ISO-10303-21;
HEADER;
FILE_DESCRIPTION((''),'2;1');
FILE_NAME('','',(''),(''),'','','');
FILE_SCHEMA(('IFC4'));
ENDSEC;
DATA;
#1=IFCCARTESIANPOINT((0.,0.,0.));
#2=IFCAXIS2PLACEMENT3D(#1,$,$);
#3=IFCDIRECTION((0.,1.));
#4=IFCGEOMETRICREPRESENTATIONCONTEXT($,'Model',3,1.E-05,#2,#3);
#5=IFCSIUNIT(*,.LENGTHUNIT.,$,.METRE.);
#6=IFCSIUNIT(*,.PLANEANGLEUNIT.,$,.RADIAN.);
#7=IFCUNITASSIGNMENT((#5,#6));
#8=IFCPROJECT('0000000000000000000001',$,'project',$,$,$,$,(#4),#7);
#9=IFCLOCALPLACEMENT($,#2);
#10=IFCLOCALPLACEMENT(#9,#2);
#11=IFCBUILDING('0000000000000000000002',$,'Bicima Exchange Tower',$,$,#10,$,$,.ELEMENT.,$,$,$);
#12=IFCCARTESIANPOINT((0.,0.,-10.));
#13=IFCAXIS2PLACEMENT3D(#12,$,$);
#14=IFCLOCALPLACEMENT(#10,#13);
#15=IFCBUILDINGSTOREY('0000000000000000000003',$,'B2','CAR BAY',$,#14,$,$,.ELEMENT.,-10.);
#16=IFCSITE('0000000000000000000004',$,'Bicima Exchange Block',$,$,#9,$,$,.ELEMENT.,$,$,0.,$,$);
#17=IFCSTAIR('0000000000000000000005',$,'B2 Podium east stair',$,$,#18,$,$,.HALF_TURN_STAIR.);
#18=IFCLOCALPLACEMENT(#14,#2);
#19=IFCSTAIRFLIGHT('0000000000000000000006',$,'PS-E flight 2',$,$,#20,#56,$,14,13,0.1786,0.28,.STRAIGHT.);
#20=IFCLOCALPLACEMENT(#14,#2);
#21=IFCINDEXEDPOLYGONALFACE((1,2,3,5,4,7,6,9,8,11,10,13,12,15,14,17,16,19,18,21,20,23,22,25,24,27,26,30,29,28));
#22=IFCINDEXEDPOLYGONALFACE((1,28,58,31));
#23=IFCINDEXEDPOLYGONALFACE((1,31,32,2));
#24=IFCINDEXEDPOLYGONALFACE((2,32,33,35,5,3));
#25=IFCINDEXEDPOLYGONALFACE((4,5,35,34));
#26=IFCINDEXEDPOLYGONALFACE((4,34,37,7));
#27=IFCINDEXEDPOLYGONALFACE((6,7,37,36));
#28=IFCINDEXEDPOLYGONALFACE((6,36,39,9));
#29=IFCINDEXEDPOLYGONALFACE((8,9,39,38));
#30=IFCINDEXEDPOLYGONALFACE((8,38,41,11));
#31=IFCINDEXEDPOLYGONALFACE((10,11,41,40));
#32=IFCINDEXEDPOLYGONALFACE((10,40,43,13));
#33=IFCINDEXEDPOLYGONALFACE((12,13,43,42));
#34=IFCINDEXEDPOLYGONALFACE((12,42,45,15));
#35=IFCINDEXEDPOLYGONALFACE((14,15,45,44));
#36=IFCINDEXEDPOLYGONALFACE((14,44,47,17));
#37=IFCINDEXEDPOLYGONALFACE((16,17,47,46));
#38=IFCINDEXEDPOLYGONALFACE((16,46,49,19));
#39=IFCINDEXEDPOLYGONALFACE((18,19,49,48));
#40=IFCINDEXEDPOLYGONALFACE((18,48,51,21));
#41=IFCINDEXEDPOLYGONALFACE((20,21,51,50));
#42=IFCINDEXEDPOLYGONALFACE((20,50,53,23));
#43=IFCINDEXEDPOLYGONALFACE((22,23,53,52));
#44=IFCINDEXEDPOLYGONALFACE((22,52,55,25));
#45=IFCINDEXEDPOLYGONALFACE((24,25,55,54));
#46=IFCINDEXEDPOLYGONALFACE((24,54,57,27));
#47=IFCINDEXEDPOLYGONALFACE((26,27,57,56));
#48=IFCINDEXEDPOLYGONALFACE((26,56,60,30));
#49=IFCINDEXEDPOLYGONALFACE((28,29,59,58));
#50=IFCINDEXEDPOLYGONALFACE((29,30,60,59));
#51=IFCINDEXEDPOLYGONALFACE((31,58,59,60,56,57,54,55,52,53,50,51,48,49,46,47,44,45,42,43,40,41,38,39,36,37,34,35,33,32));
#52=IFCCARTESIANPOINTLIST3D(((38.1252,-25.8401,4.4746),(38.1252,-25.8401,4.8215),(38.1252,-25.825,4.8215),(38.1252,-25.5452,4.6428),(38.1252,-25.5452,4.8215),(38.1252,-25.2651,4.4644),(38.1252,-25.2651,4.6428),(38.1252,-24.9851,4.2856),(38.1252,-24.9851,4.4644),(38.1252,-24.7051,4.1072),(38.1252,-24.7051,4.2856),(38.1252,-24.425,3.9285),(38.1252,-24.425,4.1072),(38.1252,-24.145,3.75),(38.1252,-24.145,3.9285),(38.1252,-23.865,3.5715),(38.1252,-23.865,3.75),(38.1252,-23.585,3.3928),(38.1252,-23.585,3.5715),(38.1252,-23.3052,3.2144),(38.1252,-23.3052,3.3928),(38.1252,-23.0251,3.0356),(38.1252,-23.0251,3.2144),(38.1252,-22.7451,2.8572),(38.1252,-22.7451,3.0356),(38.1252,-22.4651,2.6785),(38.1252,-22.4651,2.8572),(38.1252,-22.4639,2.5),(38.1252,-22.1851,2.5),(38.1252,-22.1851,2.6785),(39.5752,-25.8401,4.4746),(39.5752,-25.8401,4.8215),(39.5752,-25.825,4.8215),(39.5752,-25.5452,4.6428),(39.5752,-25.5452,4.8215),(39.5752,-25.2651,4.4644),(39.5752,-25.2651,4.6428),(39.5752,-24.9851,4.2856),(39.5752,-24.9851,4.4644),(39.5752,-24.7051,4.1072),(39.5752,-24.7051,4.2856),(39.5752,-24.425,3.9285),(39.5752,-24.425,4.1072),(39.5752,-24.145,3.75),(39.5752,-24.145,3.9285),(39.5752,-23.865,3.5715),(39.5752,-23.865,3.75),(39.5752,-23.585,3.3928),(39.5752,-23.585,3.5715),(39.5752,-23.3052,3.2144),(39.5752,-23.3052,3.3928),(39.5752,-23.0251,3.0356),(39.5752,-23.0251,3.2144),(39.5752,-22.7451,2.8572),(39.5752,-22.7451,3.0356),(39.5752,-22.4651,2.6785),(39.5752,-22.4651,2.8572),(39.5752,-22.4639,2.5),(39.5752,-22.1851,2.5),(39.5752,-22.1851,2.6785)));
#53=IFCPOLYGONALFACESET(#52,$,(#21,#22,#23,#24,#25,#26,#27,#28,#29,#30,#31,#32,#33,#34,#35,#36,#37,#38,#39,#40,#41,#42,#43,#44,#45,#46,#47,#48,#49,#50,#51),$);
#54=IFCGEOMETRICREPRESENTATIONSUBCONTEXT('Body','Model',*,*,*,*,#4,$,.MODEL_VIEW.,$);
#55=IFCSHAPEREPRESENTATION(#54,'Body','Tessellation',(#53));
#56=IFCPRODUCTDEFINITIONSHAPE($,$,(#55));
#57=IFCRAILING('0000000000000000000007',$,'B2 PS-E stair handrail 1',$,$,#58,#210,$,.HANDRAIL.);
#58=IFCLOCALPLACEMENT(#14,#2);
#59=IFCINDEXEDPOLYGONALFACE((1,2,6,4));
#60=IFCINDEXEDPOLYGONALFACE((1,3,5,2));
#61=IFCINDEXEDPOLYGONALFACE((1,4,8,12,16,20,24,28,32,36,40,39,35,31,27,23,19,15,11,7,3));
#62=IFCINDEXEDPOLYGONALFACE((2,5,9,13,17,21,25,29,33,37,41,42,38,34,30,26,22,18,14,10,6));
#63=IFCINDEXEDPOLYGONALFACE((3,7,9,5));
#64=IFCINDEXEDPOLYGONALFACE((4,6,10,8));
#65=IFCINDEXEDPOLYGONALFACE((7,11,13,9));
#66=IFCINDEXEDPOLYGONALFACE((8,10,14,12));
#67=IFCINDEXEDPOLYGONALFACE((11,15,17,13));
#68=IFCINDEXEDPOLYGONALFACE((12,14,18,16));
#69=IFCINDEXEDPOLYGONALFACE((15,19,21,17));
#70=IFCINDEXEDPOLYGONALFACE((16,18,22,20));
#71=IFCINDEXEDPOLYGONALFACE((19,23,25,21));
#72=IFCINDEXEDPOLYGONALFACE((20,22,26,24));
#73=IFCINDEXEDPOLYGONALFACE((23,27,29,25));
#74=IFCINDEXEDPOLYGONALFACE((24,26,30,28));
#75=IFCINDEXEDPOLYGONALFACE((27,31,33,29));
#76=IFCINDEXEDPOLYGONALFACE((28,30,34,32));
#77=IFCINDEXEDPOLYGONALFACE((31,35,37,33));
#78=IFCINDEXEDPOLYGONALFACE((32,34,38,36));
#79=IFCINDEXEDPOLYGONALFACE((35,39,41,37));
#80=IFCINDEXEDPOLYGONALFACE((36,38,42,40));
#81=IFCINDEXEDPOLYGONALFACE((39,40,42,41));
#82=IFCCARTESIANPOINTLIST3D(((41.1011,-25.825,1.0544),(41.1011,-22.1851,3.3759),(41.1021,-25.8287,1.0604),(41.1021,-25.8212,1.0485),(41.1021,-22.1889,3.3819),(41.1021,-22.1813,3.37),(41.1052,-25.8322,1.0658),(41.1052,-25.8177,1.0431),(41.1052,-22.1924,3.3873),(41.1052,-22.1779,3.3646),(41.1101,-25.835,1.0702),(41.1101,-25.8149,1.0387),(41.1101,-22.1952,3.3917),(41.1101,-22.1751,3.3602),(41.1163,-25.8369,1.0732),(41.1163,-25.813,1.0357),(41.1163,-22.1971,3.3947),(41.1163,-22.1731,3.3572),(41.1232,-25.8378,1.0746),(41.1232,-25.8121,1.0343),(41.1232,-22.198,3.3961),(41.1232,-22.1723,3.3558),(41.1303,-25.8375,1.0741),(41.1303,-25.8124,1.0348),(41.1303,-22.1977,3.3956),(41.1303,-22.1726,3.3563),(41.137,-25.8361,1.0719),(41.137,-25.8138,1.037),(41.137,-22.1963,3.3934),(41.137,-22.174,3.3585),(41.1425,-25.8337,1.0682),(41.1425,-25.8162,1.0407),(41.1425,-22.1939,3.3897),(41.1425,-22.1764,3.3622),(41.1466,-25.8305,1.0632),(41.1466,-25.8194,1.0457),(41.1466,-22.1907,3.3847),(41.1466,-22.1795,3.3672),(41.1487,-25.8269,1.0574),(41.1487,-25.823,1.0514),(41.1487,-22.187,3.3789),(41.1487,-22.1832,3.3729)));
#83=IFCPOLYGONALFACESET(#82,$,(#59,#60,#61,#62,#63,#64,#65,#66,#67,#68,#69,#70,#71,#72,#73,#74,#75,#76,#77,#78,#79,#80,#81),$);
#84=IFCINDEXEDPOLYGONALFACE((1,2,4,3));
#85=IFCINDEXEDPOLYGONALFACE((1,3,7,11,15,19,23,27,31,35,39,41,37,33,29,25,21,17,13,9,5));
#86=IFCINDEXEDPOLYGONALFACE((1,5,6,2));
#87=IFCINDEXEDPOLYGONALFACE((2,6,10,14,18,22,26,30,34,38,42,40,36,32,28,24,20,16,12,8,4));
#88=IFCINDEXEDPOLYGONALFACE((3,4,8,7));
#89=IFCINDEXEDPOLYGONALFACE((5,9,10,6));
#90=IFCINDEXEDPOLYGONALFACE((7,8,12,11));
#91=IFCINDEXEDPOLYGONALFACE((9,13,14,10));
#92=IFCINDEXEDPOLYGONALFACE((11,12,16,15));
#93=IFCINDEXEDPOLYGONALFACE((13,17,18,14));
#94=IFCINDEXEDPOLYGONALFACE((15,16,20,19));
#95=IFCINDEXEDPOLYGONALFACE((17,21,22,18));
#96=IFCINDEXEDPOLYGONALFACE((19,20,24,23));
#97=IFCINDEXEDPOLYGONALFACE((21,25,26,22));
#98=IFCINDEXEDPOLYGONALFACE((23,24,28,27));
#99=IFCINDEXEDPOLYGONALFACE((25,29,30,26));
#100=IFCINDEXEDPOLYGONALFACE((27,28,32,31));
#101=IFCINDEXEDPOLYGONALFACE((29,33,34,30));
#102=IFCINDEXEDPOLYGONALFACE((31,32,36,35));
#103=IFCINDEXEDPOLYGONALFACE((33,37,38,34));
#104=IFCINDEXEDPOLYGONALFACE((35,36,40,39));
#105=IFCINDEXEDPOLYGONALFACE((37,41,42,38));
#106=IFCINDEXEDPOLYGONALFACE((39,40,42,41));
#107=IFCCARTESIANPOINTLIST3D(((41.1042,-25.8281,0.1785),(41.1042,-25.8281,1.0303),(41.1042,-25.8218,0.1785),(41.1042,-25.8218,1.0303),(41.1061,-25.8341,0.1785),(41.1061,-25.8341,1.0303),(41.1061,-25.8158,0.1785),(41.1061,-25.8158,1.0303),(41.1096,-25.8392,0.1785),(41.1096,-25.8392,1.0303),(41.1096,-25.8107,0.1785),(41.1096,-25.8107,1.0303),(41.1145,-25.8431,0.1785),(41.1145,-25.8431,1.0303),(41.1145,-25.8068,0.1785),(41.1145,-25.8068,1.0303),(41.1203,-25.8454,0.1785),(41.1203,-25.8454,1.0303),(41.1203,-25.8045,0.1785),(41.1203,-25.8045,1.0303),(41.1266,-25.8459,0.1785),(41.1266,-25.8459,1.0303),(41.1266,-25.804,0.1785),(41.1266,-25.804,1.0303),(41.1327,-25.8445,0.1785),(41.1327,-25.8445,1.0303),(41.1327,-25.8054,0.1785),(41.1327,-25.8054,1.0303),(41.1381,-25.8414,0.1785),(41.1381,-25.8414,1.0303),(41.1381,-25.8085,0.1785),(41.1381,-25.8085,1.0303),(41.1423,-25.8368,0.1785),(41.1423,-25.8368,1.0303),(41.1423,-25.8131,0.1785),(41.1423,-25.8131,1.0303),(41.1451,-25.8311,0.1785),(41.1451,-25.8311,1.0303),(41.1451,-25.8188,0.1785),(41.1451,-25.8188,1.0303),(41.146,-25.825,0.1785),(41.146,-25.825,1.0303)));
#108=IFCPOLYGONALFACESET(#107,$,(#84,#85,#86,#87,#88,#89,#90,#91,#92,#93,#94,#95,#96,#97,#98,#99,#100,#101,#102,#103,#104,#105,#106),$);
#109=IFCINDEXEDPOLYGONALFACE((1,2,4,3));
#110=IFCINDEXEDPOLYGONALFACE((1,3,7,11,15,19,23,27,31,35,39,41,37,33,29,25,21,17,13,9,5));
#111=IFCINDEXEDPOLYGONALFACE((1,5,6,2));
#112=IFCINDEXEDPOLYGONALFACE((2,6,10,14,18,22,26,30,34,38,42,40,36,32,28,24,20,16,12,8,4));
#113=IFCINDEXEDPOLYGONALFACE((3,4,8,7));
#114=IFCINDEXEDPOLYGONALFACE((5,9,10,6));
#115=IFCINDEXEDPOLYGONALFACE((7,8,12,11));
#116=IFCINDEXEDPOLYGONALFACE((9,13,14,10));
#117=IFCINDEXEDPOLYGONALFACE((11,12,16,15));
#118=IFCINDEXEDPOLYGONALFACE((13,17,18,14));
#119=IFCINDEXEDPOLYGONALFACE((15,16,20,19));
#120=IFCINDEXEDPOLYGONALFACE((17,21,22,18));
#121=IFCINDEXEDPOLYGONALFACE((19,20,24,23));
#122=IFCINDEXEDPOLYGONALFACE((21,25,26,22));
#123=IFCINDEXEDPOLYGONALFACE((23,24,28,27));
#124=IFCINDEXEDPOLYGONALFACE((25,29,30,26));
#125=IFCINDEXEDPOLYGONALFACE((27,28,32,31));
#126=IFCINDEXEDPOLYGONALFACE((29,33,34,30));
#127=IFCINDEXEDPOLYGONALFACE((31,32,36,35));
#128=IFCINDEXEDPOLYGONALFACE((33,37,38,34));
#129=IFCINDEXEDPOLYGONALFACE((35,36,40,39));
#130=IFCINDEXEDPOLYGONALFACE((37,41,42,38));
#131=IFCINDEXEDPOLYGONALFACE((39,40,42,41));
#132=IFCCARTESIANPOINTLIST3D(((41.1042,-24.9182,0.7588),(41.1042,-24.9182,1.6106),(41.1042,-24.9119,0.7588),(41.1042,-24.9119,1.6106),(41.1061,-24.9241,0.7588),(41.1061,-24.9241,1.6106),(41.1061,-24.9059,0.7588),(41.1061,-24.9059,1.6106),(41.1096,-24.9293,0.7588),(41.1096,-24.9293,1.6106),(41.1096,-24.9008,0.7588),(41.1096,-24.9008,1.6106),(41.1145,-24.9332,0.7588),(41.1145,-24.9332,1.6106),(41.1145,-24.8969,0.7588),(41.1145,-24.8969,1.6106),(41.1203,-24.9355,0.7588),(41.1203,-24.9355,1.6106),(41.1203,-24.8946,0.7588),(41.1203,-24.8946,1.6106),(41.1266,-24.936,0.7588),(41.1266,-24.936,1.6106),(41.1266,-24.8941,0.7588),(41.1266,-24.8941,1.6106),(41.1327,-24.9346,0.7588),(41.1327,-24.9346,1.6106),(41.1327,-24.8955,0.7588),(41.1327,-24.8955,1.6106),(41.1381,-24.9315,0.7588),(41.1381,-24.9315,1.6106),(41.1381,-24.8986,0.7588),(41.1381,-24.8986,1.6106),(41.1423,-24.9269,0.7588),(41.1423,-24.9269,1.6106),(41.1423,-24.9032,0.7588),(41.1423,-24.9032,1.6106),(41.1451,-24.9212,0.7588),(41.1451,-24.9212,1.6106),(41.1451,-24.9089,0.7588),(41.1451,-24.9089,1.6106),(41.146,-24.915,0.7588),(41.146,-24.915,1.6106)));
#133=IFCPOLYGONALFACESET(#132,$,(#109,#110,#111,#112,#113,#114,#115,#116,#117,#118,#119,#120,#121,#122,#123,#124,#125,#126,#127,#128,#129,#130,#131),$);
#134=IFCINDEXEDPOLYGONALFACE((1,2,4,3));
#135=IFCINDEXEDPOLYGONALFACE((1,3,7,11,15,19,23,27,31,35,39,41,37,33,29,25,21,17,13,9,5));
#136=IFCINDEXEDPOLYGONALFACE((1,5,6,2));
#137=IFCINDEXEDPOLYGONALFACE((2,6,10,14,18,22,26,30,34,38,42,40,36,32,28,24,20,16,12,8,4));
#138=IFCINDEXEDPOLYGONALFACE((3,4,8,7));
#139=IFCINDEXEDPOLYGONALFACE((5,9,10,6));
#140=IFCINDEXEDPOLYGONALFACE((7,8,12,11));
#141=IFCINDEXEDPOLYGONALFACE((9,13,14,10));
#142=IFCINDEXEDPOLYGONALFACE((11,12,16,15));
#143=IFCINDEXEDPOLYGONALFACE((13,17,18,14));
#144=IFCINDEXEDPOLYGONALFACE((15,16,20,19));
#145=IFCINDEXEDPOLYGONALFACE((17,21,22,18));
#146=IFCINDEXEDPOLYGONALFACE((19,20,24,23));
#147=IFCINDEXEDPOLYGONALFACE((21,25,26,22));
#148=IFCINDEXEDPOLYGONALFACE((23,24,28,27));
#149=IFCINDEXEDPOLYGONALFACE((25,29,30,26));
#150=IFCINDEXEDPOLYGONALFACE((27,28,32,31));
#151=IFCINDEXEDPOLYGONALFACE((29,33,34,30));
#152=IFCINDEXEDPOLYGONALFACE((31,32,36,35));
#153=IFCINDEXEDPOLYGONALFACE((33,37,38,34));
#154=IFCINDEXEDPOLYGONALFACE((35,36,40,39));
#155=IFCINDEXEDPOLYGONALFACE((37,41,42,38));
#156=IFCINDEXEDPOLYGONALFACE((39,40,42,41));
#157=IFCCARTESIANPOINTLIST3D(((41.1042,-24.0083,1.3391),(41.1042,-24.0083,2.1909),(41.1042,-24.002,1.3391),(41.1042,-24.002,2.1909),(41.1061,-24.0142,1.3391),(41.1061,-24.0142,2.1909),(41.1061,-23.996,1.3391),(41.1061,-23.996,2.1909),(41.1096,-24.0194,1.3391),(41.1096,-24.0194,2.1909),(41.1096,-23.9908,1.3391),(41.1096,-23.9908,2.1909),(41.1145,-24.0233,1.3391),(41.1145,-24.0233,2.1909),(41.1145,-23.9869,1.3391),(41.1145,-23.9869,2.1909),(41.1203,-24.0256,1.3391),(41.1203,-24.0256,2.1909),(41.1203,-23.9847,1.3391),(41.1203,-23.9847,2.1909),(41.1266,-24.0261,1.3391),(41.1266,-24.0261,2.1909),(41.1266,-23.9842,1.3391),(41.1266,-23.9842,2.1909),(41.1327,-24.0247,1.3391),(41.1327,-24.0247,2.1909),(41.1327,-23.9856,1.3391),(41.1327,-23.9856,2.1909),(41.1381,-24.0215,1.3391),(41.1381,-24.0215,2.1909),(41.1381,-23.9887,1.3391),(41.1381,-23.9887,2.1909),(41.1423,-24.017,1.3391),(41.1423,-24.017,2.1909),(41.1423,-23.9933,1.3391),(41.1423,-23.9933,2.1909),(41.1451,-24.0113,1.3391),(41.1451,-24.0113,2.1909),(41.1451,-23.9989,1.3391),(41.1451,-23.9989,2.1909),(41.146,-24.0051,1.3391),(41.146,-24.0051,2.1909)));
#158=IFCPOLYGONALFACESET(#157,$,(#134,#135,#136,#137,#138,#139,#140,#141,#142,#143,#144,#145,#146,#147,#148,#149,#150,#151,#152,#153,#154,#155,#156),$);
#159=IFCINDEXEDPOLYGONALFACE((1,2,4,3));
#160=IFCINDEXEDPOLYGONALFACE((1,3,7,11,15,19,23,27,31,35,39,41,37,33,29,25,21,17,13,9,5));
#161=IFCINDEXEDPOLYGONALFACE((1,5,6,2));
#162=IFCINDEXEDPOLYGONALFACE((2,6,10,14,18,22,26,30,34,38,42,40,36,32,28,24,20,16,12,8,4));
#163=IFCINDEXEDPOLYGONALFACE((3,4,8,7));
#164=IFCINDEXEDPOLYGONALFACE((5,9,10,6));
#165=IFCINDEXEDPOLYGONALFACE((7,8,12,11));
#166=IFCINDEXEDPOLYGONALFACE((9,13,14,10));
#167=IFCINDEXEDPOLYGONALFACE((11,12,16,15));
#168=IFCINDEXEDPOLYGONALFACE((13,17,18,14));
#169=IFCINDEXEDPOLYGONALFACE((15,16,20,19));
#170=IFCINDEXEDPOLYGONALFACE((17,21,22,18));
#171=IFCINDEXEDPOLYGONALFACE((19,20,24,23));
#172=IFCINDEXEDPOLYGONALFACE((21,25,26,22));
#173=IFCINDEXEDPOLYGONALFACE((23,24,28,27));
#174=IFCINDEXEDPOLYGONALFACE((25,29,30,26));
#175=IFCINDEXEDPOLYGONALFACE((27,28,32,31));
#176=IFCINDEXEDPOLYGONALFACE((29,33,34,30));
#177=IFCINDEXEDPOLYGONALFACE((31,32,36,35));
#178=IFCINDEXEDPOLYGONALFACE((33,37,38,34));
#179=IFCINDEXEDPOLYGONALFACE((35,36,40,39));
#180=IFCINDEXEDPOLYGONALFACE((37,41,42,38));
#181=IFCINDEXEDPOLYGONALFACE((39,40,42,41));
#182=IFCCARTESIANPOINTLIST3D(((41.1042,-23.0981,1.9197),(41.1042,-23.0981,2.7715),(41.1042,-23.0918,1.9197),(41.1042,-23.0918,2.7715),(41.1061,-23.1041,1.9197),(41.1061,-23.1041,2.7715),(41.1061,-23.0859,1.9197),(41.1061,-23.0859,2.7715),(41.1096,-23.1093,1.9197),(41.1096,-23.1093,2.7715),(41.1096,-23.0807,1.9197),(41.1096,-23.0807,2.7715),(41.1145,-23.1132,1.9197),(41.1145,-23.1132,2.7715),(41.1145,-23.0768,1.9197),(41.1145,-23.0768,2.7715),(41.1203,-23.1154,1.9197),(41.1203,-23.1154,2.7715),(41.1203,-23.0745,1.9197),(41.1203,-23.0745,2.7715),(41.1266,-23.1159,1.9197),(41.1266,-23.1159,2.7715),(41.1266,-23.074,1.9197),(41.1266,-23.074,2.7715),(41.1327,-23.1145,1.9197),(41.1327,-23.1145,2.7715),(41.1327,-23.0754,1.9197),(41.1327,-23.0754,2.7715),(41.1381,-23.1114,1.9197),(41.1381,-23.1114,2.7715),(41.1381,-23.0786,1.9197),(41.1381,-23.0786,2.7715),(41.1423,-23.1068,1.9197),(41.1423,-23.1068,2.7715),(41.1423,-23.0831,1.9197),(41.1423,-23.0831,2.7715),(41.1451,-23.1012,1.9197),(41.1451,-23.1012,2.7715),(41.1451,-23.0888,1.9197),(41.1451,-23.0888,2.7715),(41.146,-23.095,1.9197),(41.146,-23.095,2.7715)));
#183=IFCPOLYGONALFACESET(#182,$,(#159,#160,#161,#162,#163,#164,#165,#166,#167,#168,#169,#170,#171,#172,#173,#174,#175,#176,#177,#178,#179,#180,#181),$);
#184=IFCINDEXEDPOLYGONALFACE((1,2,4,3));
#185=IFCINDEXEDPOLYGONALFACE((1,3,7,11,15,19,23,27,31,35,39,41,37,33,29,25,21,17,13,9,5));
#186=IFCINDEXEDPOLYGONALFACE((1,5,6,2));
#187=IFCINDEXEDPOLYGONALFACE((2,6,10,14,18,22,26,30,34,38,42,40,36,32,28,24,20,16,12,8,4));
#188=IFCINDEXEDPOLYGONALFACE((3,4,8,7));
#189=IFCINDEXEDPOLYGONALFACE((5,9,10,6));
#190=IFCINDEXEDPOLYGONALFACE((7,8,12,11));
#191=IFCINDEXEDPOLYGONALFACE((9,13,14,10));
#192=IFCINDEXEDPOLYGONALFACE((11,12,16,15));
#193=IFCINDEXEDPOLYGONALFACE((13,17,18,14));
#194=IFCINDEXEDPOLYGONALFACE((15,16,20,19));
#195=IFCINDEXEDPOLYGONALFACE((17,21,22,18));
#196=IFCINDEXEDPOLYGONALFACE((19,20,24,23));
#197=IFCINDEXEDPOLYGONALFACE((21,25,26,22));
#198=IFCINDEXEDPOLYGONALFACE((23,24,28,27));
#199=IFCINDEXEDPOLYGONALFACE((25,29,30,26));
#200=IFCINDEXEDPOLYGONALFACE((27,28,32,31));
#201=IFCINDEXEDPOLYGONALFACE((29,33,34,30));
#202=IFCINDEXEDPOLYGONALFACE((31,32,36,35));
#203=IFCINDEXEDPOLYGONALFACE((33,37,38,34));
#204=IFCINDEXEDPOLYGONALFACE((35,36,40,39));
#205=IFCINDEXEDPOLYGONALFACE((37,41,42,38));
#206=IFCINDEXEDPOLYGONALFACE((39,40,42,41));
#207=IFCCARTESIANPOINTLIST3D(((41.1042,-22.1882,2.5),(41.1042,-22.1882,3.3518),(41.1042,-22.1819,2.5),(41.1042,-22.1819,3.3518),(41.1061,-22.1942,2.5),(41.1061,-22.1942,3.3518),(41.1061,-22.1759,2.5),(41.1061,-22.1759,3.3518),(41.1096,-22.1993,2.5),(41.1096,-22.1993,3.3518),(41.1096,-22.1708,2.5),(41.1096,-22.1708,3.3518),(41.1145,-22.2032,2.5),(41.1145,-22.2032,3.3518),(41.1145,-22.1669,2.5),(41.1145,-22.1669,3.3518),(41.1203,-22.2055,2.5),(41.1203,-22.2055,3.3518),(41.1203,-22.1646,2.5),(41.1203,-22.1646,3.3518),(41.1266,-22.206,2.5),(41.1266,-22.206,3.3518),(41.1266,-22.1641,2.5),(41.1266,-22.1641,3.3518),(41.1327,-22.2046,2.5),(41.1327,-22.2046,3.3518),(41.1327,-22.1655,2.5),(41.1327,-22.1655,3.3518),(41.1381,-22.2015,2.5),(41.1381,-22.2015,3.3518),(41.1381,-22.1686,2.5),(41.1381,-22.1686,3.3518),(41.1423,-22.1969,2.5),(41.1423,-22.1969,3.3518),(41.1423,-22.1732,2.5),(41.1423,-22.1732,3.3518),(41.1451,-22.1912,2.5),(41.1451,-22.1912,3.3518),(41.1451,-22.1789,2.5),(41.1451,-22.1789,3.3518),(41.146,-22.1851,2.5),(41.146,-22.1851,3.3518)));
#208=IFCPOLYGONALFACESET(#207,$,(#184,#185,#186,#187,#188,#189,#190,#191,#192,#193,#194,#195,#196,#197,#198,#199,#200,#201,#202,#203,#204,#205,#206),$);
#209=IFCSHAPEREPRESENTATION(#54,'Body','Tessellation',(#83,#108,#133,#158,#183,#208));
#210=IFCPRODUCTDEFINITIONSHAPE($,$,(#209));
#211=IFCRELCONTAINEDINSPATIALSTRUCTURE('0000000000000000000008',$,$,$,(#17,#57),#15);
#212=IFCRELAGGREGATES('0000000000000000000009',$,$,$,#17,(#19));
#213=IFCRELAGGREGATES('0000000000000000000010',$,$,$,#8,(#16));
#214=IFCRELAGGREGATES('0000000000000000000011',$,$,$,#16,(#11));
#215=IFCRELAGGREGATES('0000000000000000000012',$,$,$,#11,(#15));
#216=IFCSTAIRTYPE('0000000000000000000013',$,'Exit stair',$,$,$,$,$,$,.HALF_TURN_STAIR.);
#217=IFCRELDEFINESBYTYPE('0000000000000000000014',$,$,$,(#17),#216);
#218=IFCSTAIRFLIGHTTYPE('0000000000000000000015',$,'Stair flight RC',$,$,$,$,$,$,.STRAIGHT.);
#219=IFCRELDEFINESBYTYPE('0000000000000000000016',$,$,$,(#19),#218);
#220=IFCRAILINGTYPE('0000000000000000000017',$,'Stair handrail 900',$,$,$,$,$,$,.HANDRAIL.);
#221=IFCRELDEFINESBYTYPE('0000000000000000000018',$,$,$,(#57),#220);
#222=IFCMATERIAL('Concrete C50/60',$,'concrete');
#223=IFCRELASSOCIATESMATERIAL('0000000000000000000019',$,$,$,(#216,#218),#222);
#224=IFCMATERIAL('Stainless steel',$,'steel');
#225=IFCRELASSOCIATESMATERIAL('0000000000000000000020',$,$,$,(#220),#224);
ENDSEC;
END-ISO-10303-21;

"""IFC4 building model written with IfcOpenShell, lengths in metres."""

from ifc_helpers import new_model, si_unit, direction, frame, origin, origin_2d, place, context, subcontext, project, spatial, polyline, circle, outline, extrude, material, type_object, element, aggregate, save


model = new_model("IFC4")

# Units and contexts
model_context = context("Model", 3, precision=1e-05, world=origin(), true_north=direction((0.0, 1.0)))
body_context = subcontext(model_context, "Body", "Model", "MODEL_VIEW")
ifc_project = project(units=[si_unit("LENGTHUNIT", "METRE"), si_unit("PLANEANGLEUNIT", "RADIAN")], contexts=[model_context])

# Site, building, storey
site_placement = place(None, origin())
site = spatial("IfcSite", under=ifc_project, at=site_placement, Name="Bicima Exchange Block", CompositionType="ELEMENT", RefElevation=0.0)
building_placement = place(site_placement, origin())
building = spatial("IfcBuilding", under=site, at=building_placement, Name="Bicima Exchange Tower", CompositionType="ELEMENT")
storey_placement = place(building_placement, frame((0.0, 0.0, -10.0)))
storey = spatial("IfcBuildingStorey", under=building, at=storey_placement, Name="B2", Description="CAR BAY", CompositionType="ELEMENT", Elevation=-10.0)

# Shared definitions
ifc_material_1 = material(Name="Concrete C50/60", Category="concrete")

# Stair, stair flight
stair_type = type_object("IfcStairType", Name="Exit stair", PredefinedType="HALF_TURN_STAIR", material=ifc_material_1)
stair_placement = place(storey_placement, origin())
stair = element("IfcStair", 1, at=stair_placement, inside=storey, type_object=stair_type, Name="B2 Podium east stair", PredefinedType="HALF_TURN_STAIR")
stair_flight_type = type_object("IfcStairFlightType", Name="Stair flight RC", PredefinedType="STRAIGHT", material=ifc_material_1)
stair_flight_1_placement = place(storey_placement, frame((38.8501, -22.1851, 2.5), z_axis=(0.0, 0.0, 1.0), x_axis=(0.0, -1.0, 0.0)))
stair_flight_1 = element("IfcStairFlight", 2, at=stair_flight_1_placement, type_object=stair_flight_type, Name="PS-E flight 2", NumberOfRisers=14, NumberOfTreads=13, PredefinedType="STRAIGHT", RiserHeight=0.1786, TreadLength=0.28, context=body_context, shape_type="SweptSolid", body=[
    extrude(outline(polyline([(0.0, 0.0), (0.0, 0.1785), (0.28, 0.1785), (0.28, 0.3572), (0.5601, 0.3572), (0.5601, 0.5356), (0.8401, 0.5356), (0.8401, 0.7144), (1.1201, 0.7144), (1.1201, 0.8928), (1.3999, 0.8928), (1.3999, 1.0715), (1.6799, 1.0715), (1.6799, 1.25), (1.96, 1.25), (1.96, 1.4285), (2.24, 1.4285), (2.24, 1.6072), (2.52, 1.6072), (2.52, 1.7856), (2.8, 1.7856), (2.8, 1.9644), (3.0801, 1.9644), (3.0801, 2.1428), (3.3601, 2.1428), (3.3601, 2.3215), (3.6399, 2.3215), (3.655, 2.3215), (3.655, 1.9746), (0.2788, 0.0), (0.0, 0.0)])), frame((0.0, 0.7251, 0.0), z_axis=(0.0, -1.0, 0.0), x_axis=(1.0, 0.0, 0.0)), (0.0, 0.0, 1.0), 1.45),
])
aggregate(stair, [stair_flight_1])

# Railing
ifc_material_2 = material(Name="Stainless steel", Category="steel")
railing_type_1 = type_object("IfcRailingType", Name="Stair handrail 900", PredefinedType="HANDRAIL", material=ifc_material_2)
railing_1_placement = place(storey_placement, frame((41.125, -25.825, 0.1785)))
element("IfcRailing", 3, at=railing_1_placement, inside=storey, type_object=railing_type_1, Name="B2 PS-E stair handrail 1", PredefinedType="HANDRAIL", context=body_context, shape_type="SweptSolid", body=[
    extrude(circle(Radius=0.0239, at=origin_2d()), frame((0.0, 0.0, 0.876), z_axis=(0.0, 0.843112, 0.537739), x_axis=(-1.0, 0.0, 0.0)), (0.0, 0.0, 1.0), 4.3171),
    extrude(circle(Radius=0.021, at=origin_2d()), origin(), (0.0, 0.0, 1.0), 0.8518),
    extrude(circle(Radius=0.021, at=origin_2d()), frame((0.0, 0.9099, 0.5803)), (0.0, 0.0, 1.0), 0.8518),
    extrude(circle(Radius=0.021, at=origin_2d()), frame((0.0, 1.8198, 1.1606)), (0.0, 0.0, 1.0), 0.8518),
    extrude(circle(Radius=0.021, at=origin_2d()), frame((0.0, 2.73, 1.7412)), (0.0, 0.0, 1.0), 0.8518),
    extrude(circle(Radius=0.021, at=origin_2d()), frame((0.0, 3.6399, 2.3215)), (0.0, 0.0, 1.0), 0.8518),
])

save(model, "model.ifc")
